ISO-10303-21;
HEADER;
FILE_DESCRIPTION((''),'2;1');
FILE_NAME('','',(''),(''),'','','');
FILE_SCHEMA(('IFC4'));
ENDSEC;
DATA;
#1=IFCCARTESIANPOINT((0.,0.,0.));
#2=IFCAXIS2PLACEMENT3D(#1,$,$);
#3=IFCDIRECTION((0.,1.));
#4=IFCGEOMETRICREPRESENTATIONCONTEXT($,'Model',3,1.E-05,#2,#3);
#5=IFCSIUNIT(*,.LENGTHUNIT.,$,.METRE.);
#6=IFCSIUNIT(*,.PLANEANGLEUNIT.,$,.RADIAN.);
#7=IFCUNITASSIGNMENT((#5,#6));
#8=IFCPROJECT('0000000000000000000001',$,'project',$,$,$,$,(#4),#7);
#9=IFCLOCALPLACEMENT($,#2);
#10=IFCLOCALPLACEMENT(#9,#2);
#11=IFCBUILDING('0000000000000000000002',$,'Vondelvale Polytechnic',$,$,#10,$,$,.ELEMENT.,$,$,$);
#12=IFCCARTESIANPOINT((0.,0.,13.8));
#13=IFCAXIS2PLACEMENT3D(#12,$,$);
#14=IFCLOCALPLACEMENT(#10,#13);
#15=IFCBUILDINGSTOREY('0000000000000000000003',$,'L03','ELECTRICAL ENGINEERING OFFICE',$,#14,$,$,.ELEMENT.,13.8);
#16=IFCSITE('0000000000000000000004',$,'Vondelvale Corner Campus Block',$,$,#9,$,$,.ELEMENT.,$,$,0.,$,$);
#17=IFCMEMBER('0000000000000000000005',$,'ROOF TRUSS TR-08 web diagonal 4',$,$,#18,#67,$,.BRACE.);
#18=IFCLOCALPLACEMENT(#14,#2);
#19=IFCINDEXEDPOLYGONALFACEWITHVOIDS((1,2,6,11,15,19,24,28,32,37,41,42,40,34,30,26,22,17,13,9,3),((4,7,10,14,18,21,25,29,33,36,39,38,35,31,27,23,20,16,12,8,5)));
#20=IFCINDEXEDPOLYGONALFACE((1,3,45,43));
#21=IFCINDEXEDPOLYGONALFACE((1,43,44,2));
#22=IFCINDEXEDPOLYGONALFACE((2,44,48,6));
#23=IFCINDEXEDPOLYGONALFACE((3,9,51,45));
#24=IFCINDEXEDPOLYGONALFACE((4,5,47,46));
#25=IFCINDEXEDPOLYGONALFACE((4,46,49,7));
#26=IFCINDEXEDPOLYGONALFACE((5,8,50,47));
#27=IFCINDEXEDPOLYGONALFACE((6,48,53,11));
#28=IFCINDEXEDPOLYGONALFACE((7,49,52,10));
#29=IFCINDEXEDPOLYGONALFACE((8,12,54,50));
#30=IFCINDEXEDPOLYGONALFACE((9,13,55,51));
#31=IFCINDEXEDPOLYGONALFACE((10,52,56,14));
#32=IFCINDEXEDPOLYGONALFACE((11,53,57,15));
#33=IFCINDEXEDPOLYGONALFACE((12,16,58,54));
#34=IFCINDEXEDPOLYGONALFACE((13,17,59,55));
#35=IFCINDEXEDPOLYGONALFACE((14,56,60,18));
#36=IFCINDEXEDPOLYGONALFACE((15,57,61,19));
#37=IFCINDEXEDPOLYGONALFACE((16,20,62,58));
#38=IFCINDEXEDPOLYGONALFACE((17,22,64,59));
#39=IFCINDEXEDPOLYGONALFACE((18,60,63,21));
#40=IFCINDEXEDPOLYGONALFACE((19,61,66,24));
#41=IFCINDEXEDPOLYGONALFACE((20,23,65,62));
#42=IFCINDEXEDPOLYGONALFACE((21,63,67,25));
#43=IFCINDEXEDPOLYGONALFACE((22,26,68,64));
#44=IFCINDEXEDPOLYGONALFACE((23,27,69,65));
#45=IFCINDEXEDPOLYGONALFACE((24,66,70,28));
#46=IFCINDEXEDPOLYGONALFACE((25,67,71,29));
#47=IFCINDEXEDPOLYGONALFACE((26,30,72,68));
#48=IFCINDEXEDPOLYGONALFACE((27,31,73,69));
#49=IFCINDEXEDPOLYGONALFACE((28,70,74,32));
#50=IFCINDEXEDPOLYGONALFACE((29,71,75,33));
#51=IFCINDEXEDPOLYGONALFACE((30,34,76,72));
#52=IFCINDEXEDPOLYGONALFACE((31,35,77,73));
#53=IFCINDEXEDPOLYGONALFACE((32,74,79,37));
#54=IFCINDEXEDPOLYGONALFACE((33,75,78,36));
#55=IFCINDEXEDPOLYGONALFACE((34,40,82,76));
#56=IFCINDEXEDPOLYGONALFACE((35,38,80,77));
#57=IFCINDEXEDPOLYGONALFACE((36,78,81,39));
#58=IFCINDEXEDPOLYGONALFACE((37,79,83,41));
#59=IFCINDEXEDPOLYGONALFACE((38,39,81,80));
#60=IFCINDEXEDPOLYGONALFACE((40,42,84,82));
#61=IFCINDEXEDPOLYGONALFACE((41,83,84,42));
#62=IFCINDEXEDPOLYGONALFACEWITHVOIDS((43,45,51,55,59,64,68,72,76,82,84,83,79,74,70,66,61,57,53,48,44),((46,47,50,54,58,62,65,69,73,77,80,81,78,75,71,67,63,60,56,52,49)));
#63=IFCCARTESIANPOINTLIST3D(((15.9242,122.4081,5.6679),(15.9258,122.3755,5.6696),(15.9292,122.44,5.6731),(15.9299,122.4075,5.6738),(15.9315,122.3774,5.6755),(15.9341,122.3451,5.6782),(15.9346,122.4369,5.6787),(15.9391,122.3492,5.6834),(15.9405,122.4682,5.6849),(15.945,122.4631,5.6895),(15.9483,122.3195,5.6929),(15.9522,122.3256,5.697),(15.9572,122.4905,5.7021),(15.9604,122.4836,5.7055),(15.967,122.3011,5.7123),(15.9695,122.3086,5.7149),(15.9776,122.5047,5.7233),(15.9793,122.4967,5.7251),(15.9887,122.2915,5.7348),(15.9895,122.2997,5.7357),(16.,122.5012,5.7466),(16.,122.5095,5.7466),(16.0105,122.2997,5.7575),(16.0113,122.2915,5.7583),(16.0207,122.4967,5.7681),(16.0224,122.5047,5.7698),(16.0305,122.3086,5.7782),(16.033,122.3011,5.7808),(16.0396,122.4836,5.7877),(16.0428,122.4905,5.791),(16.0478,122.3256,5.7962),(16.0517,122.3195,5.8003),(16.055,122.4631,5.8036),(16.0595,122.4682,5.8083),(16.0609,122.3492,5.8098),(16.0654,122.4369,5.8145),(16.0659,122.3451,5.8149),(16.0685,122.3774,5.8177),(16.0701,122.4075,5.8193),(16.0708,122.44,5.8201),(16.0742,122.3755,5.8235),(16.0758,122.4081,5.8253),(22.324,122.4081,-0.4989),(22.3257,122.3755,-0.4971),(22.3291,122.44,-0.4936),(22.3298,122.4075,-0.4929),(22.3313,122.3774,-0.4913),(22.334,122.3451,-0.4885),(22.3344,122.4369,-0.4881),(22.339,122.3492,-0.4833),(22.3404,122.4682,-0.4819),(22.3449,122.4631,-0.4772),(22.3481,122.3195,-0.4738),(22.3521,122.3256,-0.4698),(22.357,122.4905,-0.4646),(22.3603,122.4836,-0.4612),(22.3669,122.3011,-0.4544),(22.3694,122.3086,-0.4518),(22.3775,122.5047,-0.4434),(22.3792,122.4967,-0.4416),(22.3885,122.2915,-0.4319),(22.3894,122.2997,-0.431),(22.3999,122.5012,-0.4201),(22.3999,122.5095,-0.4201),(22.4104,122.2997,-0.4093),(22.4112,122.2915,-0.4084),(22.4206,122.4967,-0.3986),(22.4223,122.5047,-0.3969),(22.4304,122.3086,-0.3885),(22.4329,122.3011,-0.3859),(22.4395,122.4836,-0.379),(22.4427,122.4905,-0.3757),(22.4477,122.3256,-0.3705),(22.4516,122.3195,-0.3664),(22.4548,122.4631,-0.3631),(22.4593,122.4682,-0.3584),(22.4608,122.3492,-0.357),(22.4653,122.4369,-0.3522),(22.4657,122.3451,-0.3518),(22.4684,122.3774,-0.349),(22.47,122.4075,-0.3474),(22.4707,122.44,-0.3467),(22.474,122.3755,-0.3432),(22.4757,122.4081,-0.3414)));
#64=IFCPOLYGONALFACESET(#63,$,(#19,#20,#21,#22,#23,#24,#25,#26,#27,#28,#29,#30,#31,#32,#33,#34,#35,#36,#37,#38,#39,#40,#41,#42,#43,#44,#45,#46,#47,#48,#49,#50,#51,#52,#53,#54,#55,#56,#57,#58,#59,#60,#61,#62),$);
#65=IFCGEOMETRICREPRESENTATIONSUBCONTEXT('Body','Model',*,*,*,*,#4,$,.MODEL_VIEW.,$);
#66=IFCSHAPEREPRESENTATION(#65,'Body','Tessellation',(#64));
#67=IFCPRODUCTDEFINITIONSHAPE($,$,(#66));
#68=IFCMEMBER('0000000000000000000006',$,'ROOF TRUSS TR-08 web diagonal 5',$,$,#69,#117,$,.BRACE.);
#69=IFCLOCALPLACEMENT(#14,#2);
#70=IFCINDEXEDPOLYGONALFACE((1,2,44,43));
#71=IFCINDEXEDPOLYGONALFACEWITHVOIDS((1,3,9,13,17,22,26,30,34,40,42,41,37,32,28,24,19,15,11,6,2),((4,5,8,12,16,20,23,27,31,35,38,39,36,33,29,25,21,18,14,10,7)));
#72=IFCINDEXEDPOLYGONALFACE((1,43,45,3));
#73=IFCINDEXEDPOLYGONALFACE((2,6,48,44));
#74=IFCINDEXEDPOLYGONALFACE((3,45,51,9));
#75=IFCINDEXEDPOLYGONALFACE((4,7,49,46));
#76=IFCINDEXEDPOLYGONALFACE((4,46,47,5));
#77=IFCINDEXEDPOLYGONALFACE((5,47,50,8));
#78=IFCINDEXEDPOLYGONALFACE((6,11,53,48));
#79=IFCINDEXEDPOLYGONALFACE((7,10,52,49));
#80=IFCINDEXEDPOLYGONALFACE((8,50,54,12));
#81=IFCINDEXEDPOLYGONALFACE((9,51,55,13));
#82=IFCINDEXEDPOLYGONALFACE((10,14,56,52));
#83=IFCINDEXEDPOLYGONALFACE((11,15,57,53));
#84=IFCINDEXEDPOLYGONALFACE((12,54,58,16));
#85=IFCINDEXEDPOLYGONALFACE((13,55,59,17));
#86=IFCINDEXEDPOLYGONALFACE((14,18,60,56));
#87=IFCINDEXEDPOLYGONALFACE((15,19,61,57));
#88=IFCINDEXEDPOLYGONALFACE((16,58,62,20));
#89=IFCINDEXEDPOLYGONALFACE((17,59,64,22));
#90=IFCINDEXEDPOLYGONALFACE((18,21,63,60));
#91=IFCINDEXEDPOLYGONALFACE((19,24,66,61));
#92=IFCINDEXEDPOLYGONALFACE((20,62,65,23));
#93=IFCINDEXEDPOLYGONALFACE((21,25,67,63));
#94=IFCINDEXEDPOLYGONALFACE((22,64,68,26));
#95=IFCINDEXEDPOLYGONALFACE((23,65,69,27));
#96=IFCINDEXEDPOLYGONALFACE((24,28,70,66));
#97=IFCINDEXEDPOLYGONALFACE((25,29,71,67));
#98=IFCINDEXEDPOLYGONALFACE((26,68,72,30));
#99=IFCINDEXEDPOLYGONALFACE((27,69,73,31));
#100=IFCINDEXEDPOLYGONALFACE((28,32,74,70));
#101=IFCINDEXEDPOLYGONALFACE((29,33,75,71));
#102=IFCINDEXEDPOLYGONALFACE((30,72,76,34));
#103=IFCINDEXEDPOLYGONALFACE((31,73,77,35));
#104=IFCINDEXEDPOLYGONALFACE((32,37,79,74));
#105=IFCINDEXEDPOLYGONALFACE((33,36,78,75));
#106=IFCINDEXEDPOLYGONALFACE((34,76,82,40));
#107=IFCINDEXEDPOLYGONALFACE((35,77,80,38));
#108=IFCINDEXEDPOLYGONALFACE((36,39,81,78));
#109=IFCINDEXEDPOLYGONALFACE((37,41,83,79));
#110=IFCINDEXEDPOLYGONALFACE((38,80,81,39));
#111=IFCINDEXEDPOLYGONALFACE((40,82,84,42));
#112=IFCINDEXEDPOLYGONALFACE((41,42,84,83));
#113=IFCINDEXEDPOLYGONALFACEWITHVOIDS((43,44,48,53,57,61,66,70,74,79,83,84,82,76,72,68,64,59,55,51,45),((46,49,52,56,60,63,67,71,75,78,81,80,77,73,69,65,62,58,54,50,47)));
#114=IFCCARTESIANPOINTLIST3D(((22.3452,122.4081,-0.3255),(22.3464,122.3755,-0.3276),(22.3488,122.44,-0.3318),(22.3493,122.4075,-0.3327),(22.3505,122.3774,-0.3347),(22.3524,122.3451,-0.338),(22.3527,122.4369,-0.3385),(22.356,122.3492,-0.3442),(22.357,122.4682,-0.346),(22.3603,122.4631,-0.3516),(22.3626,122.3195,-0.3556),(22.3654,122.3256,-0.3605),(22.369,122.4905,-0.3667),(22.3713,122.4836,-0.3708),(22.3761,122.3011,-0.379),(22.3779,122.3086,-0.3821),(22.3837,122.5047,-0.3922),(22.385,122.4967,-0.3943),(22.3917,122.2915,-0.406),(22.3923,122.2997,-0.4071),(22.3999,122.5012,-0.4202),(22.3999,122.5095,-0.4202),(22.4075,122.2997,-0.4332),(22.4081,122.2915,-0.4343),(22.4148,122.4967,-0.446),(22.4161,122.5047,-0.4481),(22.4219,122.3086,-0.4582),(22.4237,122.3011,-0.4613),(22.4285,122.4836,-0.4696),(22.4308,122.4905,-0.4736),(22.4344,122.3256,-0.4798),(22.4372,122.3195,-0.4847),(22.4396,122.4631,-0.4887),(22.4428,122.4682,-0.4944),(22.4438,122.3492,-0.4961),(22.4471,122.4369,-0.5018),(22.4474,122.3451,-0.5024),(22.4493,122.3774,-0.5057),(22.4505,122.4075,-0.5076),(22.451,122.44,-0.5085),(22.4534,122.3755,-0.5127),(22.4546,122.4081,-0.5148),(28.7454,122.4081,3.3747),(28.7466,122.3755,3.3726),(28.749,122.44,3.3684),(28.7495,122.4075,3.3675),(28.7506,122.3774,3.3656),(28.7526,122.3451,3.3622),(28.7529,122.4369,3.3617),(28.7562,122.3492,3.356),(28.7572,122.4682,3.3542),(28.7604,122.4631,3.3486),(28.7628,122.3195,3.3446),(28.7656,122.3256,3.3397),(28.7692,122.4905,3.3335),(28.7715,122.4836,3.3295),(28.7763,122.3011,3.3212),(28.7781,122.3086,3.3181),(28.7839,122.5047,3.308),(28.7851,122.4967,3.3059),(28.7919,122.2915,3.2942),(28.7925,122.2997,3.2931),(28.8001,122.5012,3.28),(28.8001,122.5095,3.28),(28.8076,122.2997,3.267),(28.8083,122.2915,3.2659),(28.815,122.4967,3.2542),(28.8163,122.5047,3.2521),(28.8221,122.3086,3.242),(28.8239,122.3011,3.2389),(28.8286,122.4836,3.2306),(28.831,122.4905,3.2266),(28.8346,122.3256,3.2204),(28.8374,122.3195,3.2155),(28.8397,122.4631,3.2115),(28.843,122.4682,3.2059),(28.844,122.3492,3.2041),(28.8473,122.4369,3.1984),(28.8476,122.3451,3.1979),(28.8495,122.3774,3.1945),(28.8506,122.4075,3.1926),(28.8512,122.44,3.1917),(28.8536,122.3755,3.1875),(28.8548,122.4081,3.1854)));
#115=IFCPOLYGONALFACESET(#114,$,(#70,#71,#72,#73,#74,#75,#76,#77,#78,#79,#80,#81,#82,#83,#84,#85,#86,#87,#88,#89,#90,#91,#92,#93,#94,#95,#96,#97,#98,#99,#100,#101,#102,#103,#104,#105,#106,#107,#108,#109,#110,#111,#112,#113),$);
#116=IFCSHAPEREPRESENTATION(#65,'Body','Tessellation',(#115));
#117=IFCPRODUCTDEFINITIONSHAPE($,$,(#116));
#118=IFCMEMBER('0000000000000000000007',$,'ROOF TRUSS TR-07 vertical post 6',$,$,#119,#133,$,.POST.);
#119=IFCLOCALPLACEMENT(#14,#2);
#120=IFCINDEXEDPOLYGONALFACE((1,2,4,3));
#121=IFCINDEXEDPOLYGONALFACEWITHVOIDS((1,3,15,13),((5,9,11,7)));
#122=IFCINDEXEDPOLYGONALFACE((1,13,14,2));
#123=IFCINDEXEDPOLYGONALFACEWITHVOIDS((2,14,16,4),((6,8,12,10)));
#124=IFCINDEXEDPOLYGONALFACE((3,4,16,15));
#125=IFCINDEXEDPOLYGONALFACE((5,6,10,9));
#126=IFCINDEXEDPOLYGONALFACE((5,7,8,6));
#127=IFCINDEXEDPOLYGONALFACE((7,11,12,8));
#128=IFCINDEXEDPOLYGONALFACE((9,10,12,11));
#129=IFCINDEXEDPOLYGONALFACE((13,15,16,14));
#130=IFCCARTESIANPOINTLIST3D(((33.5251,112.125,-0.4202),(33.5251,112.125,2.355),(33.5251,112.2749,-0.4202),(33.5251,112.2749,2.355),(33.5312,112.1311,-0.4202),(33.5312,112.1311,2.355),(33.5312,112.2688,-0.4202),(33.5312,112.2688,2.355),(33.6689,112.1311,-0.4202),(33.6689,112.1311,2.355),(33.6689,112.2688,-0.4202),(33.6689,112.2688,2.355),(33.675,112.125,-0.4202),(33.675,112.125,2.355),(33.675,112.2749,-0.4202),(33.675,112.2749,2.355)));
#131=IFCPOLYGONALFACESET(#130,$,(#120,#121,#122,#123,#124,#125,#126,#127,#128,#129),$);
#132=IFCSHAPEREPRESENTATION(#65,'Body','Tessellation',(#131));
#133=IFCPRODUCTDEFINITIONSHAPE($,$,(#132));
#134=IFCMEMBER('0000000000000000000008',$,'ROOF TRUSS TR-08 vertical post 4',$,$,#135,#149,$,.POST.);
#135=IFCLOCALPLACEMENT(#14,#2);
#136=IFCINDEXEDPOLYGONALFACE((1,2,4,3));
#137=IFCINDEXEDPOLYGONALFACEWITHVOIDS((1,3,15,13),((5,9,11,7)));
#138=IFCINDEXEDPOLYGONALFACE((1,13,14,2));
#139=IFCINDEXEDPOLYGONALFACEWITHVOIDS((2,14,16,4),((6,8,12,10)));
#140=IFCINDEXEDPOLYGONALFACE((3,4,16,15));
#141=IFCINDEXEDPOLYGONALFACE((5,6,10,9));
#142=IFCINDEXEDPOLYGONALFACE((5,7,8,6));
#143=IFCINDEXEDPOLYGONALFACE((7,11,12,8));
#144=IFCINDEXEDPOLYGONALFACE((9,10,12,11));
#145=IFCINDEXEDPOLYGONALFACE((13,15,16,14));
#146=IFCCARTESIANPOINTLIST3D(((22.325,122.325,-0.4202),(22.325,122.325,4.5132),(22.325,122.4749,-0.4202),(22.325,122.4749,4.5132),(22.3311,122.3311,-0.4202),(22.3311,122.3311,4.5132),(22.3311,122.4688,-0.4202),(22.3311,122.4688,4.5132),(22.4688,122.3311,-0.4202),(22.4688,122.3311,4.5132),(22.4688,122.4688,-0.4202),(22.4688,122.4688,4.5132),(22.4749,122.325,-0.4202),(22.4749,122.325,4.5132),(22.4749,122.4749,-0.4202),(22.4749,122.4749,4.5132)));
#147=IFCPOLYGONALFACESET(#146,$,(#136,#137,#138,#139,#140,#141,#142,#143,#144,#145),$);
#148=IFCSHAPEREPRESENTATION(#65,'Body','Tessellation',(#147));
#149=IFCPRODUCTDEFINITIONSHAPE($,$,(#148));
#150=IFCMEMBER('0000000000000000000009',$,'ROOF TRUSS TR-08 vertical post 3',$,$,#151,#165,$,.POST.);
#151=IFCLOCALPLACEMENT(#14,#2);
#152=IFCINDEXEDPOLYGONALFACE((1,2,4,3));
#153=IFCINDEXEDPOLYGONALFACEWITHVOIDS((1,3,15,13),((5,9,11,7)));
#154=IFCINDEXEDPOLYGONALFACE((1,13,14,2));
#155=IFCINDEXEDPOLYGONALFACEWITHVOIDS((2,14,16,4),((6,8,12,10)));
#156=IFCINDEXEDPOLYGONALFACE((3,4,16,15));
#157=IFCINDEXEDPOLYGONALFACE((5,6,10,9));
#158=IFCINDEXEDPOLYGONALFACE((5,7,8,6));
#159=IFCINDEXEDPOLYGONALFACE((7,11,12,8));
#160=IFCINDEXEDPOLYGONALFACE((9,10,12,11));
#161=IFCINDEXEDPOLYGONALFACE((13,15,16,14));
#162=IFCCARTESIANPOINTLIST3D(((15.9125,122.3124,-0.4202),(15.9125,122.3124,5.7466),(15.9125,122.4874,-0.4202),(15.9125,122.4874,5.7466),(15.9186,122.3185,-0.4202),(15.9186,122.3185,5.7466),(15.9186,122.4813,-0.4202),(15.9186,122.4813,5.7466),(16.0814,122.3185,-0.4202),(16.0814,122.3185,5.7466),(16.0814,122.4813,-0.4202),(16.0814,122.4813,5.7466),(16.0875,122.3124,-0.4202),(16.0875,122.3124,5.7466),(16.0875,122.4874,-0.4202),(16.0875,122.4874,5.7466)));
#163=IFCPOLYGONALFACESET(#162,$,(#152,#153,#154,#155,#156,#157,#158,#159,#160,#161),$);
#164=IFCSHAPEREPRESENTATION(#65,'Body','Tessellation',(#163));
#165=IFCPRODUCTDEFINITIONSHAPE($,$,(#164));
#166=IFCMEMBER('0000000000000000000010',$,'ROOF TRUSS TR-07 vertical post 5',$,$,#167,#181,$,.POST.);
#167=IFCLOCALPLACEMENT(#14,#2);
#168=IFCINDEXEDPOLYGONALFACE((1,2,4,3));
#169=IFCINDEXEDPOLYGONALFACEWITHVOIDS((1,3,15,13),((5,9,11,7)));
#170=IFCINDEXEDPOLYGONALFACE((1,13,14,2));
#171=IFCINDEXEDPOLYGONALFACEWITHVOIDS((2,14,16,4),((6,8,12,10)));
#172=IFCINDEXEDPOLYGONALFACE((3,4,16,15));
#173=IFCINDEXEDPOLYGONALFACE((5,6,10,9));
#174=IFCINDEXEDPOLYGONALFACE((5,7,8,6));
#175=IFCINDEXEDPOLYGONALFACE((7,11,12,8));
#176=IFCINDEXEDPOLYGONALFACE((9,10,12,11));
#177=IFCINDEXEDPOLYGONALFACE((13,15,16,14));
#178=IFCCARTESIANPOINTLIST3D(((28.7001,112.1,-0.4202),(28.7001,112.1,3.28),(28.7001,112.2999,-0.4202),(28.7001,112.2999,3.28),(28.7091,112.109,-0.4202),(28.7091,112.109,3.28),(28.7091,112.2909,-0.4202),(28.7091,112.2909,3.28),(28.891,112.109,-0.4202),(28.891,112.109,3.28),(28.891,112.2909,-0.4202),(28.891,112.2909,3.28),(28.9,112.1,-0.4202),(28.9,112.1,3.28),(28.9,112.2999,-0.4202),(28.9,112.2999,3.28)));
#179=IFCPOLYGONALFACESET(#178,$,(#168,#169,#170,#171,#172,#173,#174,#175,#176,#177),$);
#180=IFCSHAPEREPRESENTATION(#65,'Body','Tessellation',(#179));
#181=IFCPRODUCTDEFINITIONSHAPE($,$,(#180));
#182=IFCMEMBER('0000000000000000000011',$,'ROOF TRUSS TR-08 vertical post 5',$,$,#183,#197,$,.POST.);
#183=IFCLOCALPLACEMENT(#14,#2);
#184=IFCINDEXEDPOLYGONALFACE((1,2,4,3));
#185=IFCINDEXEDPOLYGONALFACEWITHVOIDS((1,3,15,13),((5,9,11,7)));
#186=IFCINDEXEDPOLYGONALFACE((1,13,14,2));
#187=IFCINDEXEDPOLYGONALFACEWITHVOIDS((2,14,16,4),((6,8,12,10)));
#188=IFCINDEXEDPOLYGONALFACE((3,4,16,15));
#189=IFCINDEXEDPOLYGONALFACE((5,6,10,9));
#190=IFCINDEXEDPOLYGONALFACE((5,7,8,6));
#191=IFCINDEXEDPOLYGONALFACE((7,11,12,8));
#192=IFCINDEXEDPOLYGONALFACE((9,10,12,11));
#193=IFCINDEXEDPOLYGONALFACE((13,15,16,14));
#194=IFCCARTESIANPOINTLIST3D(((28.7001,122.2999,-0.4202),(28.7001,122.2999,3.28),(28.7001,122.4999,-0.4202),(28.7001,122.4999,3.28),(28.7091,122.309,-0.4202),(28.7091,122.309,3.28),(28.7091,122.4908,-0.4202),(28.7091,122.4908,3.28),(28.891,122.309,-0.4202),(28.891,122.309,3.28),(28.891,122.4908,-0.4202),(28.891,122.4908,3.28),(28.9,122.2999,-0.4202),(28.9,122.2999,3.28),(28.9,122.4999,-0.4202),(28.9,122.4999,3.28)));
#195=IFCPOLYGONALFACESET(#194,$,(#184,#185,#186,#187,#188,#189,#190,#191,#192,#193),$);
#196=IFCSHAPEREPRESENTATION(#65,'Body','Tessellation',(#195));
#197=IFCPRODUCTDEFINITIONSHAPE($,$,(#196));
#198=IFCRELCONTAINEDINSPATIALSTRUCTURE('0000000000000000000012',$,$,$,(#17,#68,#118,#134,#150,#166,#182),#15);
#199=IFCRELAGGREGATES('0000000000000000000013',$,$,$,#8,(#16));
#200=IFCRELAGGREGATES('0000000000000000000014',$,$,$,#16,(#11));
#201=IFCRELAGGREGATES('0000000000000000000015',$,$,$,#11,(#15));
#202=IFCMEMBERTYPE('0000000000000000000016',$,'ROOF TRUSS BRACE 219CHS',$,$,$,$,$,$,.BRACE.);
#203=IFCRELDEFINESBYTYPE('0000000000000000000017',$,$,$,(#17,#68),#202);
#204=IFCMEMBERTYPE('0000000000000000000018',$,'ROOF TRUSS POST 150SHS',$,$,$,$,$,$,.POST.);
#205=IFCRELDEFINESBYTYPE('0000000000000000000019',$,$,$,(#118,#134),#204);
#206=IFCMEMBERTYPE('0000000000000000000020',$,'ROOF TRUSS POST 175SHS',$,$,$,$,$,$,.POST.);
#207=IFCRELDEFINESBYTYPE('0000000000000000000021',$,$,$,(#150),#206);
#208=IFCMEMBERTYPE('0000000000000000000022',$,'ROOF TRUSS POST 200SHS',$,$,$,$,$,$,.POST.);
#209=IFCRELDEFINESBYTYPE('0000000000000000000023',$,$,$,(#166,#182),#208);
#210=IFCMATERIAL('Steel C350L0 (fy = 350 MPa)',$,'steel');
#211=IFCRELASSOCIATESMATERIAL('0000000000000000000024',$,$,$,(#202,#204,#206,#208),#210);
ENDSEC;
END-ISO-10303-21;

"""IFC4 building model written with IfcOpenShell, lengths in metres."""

from ifc_helpers import new_model, si_unit, direction, frame, origin, origin_2d, place, context, subcontext, project, spatial, hollow_rectangle, hollow_circle, extrude, material, material_profile, profile_set, type_object, element, save


model = new_model("IFC4")

# Units and contexts
model_context = context("Model", 3, precision=1e-05, world=origin(), true_north=direction((0.0, 1.0)))
body_context = subcontext(model_context, "Body", "Model", "MODEL_VIEW")
ifc_project = project(units=[si_unit("LENGTHUNIT", "METRE"), si_unit("PLANEANGLEUNIT", "RADIAN")], contexts=[model_context])

# Site, building, storey
site_placement = place(None, origin())
site = spatial("IfcSite", under=ifc_project, at=site_placement, Name="Vondelvale Corner Campus Block", CompositionType="ELEMENT", RefElevation=0.0)
building_placement = place(site_placement, origin())
building = spatial("IfcBuilding", under=site, at=building_placement, Name="Vondelvale Polytechnic", CompositionType="ELEMENT")
storey_placement = place(building_placement, frame((0.0, 0.0, 13.8)))
storey = spatial("IfcBuildingStorey", under=building, at=storey_placement, Name="L03", Description="ELECTRICAL ENGINEERING OFFICE", CompositionType="ELEMENT", Elevation=13.8)

# Members
ifc_material_1 = material(Name="Steel C350L0 (fy = 350 MPa)", Category="steel")
ifc_material_profile_1 = material_profile(ifc_material_1, hollow_circle(Radius=0.1096, WallThickness=0.0083, at=origin_2d()), Name="219.1x8.2CHS")
ifc_profile_set_1 = profile_set([ifc_material_profile_1], Name="Steel C350L0 (fy = 350 MPa)")
member_type_1 = type_object("IfcMemberType", Name="ROOF TRUSS BRACE 219CHS", PredefinedType="BRACE", material=ifc_profile_set_1)
member_1_placement = place(storey_placement, frame((16.0, 122.3999, 5.7466), z_axis=(0.720102, 0.0, -0.693868), x_axis=(0.0, 1.0, 0.0)))
element("IfcMember", 1, at=member_1_placement, inside=storey, type_object=member_type_1, Name="ROOF TRUSS TR-08 web diagonal 4", PredefinedType="BRACE", context=body_context, shape_type="SweptSolid", body=[
    extrude(hollow_circle(Radius=0.1096, WallThickness=0.0083, at=origin_2d()), origin(), (0.0, 0.0, 1.0), 8.8875),
])
member_2_placement = place(storey_placement, frame((22.3999, 122.3999, -0.4202), z_axis=(0.865728, 0.0, 0.500514), x_axis=(0.0, 1.0, 0.0)))
element("IfcMember", 2, at=member_2_placement, inside=storey, type_object=member_type_1, Name="ROOF TRUSS TR-08 web diagonal 5", PredefinedType="BRACE", context=body_context, shape_type="SweptSolid", body=[
    extrude(hollow_circle(Radius=0.1096, WallThickness=0.0083, at=origin_2d()), origin(), (0.0, 0.0, 1.0), 7.3928),
])
ifc_material_profile_2 = material_profile(ifc_material_1, hollow_rectangle(XDim=0.1499, YDim=0.1499, WallThickness=0.0061, at=origin_2d()), Name="150x150x6.0SHS")
ifc_profile_set_2 = profile_set([ifc_material_profile_2], Name="Steel C350L0 (fy = 350 MPa)")
member_type_2 = type_object("IfcMemberType", Name="ROOF TRUSS POST 150SHS", PredefinedType="POST", material=ifc_profile_set_2)
member_3_placement = place(storey_placement, frame((33.6001, 112.2, -0.4202), z_axis=(0.0, 0.0, 1.0), x_axis=(1.0, 0.0, 0.0)))
element("IfcMember", 3, at=member_3_placement, inside=storey, type_object=member_type_2, Name="ROOF TRUSS TR-07 vertical post 6", PredefinedType="POST", context=body_context, shape_type="SweptSolid", body=[
    extrude(hollow_rectangle(XDim=0.1499, YDim=0.1499, WallThickness=0.0061, at=origin_2d()), origin(), (0.0, 0.0, 1.0), 2.7751),
])
member_4_placement = place(storey_placement, frame((22.3999, 122.3999, -0.4202), z_axis=(0.0, 0.0, 1.0), x_axis=(1.0, 0.0, 0.0)))
element("IfcMember", 4, at=member_4_placement, inside=storey, type_object=member_type_2, Name="ROOF TRUSS TR-08 vertical post 4", PredefinedType="POST", context=body_context, shape_type="SweptSolid", body=[
    extrude(hollow_rectangle(XDim=0.1499, YDim=0.1499, WallThickness=0.0061, at=origin_2d()), origin(), (0.0, 0.0, 1.0), 4.9333),
])
ifc_material_profile_3 = material_profile(ifc_material_1, hollow_rectangle(XDim=0.175, YDim=0.175, WallThickness=0.0061, at=origin_2d()), Name="175x175x6.0SHS")
ifc_profile_set_3 = profile_set([ifc_material_profile_3], Name="Steel C350L0 (fy = 350 MPa)")
member_type_3 = type_object("IfcMemberType", Name="ROOF TRUSS POST 175SHS", PredefinedType="POST", material=ifc_profile_set_3)
member_5_placement = place(storey_placement, frame((16.0, 122.3999, -0.4202), z_axis=(0.0, 0.0, 1.0), x_axis=(1.0, 0.0, 0.0)))
element("IfcMember", 5, at=member_5_placement, inside=storey, type_object=member_type_3, Name="ROOF TRUSS TR-08 vertical post 3", PredefinedType="POST", context=body_context, shape_type="SweptSolid", body=[
    extrude(hollow_rectangle(XDim=0.175, YDim=0.175, WallThickness=0.0061, at=origin_2d()), origin(), (0.0, 0.0, 1.0), 6.1667),
])
ifc_material_profile_4 = material_profile(ifc_material_1, hollow_rectangle(XDim=0.2, YDim=0.2, WallThickness=0.009, at=origin_2d()), Name="200x200x9.0SHS")
ifc_profile_set_4 = profile_set([ifc_material_profile_4], Name="Steel C350L0 (fy = 350 MPa)")
member_type_4 = type_object("IfcMemberType", Name="ROOF TRUSS POST 200SHS", PredefinedType="POST", material=ifc_profile_set_4)
for number, where, z_axis, x_axis, name in (
    (6, (28.8, 112.2, -0.4202), (0.0, 0.0, 1.0), (1.0, 0.0, 0.0), "ROOF TRUSS TR-07 vertical post 5"),
    (7, (28.8, 122.3999, -0.4202), (0.0, 0.0, 1.0), (1.0, 0.0, 0.0), "ROOF TRUSS TR-08 vertical post 5"),
):
    element("IfcMember", number, at=place(storey_placement, frame(where, z_axis=z_axis, x_axis=x_axis)), inside=storey, type_object=member_type_4, Name=name, PredefinedType="POST", context=body_context, shape_type="SweptSolid", body=[
        extrude(hollow_rectangle(XDim=0.2, YDim=0.2, WallThickness=0.009, at=origin_2d()), origin(), (0.0, 0.0, 1.0), 3.7002),
    ])

save(model, "model.ifc")
